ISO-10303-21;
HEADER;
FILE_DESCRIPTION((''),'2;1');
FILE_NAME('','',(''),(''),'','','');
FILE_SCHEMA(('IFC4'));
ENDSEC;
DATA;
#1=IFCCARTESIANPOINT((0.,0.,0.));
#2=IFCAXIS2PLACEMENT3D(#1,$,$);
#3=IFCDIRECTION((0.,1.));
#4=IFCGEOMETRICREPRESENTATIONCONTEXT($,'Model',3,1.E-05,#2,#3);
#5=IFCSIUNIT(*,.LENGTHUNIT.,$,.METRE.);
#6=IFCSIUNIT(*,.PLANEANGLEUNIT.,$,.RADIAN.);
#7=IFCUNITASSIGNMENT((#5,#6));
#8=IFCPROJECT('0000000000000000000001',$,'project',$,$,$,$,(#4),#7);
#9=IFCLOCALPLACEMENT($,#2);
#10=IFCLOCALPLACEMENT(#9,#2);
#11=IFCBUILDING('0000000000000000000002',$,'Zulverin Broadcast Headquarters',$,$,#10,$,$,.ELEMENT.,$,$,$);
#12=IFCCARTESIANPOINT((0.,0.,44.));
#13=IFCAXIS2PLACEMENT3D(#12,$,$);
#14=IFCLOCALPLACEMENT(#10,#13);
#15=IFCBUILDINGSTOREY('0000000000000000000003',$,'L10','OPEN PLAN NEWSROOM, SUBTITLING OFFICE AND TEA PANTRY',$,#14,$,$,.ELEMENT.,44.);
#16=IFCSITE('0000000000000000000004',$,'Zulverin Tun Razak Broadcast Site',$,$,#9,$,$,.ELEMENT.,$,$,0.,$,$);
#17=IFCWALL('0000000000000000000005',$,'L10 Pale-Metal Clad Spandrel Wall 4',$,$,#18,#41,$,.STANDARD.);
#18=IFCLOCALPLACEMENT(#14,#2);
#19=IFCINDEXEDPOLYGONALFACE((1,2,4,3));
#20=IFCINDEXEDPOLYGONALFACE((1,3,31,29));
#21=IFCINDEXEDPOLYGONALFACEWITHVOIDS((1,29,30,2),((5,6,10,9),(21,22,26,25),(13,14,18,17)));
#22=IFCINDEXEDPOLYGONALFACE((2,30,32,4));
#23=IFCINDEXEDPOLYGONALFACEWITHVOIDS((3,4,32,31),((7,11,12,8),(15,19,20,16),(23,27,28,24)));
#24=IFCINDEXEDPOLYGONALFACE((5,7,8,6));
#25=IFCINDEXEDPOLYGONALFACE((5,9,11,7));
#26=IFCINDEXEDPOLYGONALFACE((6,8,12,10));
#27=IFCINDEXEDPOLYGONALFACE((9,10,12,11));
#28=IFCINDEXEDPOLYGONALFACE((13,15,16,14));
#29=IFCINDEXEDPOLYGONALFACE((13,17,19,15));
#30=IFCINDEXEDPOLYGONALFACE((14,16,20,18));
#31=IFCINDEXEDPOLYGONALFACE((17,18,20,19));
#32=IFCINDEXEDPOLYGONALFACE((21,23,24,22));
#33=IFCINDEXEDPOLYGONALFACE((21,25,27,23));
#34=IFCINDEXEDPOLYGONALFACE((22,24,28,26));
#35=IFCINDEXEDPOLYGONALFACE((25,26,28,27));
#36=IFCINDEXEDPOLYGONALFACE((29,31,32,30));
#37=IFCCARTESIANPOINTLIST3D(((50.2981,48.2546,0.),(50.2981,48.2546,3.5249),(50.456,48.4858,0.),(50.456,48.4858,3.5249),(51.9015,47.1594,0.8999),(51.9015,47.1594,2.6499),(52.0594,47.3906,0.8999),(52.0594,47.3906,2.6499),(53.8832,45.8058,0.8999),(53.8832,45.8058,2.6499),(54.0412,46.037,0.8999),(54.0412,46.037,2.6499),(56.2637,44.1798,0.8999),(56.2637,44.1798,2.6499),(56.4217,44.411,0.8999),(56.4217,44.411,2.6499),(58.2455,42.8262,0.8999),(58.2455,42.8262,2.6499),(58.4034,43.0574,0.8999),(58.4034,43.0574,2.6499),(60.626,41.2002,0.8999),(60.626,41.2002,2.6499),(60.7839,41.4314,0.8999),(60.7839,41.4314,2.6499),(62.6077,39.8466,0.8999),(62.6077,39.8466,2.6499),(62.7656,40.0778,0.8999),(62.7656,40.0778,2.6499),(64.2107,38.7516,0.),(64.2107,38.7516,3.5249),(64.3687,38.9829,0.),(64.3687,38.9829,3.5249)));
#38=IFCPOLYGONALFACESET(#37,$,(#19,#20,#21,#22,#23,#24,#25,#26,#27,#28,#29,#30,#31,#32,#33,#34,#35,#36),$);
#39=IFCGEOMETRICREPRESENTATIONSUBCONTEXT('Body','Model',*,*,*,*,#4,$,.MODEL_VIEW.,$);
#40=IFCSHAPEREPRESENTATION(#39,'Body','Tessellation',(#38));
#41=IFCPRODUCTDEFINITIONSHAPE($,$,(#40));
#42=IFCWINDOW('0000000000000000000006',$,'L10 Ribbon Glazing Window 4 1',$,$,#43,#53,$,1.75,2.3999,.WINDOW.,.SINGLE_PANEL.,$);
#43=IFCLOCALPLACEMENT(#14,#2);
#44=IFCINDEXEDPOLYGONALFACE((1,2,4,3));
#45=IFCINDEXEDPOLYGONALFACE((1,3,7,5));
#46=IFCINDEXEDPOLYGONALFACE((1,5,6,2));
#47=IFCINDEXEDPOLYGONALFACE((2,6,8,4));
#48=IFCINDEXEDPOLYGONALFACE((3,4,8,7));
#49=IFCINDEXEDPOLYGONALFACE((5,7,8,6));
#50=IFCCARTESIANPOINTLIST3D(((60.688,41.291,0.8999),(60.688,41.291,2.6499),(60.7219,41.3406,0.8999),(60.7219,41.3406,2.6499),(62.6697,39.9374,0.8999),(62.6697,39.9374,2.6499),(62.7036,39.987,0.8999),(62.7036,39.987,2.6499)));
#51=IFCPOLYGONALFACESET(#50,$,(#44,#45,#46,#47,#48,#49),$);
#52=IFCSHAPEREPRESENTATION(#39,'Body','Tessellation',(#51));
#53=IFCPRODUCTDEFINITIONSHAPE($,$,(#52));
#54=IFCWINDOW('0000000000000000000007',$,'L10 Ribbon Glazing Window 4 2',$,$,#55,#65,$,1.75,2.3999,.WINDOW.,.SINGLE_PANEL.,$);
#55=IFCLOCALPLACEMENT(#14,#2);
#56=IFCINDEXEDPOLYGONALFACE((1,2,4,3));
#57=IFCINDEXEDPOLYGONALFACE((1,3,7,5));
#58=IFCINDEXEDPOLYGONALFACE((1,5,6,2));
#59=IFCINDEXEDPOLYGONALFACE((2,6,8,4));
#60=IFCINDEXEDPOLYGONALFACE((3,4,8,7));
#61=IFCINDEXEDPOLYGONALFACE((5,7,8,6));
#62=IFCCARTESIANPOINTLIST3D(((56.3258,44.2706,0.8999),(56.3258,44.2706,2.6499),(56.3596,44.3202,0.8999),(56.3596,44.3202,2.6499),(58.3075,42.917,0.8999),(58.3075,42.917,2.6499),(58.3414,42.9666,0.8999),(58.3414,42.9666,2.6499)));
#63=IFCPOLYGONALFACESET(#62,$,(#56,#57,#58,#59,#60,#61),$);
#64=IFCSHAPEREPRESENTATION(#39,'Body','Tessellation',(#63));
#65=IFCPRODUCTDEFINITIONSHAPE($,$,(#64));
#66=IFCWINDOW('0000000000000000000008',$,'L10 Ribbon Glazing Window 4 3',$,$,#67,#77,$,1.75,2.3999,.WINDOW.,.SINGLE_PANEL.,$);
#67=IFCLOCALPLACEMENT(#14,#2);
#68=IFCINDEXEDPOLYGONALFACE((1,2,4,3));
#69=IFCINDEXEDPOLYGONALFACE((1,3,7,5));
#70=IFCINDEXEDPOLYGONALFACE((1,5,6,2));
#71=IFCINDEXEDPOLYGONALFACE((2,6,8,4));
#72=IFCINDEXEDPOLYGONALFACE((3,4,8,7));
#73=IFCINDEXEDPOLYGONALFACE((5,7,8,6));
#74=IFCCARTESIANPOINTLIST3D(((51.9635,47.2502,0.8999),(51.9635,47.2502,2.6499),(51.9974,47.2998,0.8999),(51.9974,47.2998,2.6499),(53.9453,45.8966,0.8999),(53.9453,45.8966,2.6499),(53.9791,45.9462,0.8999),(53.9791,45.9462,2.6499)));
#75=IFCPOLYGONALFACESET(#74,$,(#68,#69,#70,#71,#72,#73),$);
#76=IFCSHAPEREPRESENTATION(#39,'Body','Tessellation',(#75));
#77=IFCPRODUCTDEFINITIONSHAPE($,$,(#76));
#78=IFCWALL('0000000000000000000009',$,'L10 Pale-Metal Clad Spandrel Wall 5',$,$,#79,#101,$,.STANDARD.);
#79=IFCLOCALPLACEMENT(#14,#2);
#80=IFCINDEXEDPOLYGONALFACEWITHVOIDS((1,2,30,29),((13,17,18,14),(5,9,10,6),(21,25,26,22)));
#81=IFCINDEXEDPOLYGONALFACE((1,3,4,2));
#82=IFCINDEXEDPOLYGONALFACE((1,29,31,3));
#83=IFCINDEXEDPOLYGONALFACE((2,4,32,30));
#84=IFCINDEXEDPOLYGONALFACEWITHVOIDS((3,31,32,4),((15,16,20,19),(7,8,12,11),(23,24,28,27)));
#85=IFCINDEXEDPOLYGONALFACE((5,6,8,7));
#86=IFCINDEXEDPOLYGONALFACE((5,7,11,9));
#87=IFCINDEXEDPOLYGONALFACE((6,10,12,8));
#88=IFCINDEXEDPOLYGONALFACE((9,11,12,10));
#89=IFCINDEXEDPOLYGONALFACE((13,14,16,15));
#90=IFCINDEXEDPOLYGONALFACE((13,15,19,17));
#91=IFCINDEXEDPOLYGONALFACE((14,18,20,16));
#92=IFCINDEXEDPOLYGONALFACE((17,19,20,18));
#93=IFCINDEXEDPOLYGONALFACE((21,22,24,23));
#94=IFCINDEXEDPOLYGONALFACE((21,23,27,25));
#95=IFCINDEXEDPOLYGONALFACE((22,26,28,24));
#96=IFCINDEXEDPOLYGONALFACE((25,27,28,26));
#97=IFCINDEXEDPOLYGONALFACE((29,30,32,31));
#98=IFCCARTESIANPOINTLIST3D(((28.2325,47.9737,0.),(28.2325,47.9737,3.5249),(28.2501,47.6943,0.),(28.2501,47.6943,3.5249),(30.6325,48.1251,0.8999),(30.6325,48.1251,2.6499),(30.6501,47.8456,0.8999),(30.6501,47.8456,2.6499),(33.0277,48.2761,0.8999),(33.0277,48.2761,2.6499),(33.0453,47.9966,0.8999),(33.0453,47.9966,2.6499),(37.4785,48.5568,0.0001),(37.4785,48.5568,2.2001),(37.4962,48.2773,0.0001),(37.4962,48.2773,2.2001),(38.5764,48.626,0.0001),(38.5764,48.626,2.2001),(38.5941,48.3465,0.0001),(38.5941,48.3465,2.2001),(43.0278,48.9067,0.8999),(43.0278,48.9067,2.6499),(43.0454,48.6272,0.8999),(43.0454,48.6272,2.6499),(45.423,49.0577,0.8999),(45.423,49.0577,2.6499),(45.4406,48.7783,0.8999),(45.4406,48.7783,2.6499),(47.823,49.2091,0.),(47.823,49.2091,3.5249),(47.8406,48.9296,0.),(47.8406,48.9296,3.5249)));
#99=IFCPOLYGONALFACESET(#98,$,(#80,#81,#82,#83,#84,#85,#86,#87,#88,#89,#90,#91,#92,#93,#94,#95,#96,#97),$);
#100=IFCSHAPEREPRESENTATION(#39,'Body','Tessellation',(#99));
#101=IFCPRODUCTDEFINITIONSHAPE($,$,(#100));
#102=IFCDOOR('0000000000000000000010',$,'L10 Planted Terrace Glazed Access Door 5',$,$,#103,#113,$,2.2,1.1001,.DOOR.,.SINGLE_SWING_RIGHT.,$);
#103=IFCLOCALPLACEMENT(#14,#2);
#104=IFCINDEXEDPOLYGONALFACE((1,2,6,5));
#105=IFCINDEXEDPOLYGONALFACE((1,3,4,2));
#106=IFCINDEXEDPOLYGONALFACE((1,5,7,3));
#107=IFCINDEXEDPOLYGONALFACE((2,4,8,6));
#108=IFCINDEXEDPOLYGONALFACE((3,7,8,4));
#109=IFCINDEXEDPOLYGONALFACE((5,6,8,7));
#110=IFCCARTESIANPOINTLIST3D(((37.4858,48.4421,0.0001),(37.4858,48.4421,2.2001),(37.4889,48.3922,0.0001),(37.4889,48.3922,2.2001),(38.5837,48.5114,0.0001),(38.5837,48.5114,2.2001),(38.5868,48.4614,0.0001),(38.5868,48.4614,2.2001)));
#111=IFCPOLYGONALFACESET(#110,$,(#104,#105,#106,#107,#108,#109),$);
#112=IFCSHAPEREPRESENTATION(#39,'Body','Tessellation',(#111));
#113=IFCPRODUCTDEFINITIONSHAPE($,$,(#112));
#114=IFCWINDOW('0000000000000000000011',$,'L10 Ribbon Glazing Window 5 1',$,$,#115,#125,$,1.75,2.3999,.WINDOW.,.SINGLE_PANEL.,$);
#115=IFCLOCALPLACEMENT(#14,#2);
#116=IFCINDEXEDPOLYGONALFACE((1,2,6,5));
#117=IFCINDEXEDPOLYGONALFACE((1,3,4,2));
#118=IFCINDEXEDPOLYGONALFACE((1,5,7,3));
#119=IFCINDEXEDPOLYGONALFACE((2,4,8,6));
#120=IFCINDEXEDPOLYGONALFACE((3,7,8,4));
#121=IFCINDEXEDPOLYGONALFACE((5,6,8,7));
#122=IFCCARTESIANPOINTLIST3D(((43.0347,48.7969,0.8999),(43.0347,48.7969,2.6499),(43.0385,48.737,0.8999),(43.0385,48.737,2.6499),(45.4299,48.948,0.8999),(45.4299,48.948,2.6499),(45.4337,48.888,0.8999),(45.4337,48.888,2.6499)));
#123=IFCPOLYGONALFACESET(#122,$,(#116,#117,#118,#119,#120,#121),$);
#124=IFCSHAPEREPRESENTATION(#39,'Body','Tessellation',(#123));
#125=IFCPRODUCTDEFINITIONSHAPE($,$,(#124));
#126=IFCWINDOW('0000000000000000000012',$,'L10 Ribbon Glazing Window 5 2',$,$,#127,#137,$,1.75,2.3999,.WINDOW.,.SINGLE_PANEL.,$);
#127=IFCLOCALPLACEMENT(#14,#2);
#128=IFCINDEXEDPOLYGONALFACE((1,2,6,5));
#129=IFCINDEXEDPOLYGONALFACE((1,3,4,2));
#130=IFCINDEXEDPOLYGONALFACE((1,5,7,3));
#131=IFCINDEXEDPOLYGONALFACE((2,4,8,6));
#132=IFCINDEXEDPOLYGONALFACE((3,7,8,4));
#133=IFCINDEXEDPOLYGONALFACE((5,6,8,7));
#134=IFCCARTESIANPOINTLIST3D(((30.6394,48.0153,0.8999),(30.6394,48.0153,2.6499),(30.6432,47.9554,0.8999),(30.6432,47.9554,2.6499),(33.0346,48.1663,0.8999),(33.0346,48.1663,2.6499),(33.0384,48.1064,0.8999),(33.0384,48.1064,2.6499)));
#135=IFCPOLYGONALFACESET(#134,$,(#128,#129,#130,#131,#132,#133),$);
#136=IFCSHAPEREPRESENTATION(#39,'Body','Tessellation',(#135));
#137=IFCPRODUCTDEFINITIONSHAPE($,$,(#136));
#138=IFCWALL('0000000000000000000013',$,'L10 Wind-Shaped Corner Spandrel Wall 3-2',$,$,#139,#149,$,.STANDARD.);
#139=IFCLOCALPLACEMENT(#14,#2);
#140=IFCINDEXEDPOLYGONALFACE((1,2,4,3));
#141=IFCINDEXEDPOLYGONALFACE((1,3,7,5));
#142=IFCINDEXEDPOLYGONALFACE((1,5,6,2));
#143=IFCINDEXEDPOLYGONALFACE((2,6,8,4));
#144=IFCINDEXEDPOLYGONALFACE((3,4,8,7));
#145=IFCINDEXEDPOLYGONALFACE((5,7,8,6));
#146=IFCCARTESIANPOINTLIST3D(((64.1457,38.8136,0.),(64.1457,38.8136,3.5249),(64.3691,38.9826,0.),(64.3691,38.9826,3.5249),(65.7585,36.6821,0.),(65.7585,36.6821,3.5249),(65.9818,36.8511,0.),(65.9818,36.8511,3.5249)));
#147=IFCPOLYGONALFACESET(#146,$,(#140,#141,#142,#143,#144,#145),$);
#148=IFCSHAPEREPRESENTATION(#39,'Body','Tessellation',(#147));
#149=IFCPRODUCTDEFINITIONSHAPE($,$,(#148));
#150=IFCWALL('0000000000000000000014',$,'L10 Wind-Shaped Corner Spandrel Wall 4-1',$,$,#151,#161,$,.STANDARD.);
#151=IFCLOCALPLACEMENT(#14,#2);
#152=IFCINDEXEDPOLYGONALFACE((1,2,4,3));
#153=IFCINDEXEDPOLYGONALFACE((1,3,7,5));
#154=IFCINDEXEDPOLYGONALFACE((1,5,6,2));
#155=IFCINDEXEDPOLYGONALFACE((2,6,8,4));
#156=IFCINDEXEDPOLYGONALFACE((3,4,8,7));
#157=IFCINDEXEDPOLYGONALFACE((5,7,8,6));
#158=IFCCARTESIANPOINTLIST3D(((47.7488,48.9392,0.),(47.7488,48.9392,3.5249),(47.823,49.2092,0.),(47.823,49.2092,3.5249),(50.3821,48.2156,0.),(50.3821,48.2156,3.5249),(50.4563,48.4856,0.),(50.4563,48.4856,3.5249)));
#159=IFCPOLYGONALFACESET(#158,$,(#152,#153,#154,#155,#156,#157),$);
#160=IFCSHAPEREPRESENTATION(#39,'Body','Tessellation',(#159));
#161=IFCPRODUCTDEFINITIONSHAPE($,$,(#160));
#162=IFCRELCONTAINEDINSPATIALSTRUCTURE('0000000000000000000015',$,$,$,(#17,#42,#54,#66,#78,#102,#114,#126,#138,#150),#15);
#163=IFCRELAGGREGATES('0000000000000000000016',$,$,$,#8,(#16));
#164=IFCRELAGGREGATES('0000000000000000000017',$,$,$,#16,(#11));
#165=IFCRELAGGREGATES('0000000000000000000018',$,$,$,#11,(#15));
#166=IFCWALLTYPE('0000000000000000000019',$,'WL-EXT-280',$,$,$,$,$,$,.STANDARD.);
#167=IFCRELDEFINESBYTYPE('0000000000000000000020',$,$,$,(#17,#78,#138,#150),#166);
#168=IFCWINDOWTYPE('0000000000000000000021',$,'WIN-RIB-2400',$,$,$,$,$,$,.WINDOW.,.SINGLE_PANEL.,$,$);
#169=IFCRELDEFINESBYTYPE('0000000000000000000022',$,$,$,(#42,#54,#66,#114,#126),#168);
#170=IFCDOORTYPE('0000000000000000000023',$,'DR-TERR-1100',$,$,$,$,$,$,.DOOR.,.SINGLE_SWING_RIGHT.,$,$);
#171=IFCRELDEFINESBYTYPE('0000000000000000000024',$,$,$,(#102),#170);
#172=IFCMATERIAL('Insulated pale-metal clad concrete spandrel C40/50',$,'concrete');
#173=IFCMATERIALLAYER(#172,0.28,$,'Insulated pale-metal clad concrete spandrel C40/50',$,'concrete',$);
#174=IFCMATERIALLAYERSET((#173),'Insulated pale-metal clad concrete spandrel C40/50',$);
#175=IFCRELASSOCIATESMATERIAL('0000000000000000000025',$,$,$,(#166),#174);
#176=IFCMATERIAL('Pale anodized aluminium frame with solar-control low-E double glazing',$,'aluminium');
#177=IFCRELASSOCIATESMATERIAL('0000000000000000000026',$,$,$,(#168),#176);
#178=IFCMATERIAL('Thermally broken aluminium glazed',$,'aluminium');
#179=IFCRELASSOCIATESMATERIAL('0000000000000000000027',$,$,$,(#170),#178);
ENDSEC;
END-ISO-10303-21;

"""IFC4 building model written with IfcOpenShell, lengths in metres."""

from ifc_helpers import new_model, si_unit, direction, frame, frame_2d, origin, place, context, subcontext, project, spatial, rectangle, extrude, material, layer, layer_set, type_object, element, fill, save


model = new_model("IFC4")

# Units and contexts
model_context = context("Model", 3, precision=1e-05, world=origin(), true_north=direction((0.0, 1.0)))
body_context = subcontext(model_context, "Body", "Model", "MODEL_VIEW")
ifc_project = project(units=[si_unit("LENGTHUNIT", "METRE"), si_unit("PLANEANGLEUNIT", "RADIAN")], contexts=[model_context])

# Site, building, storey
site_placement = place(None, origin())
site = spatial("IfcSite", under=ifc_project, at=site_placement, Name="Zulverin Tun Razak Broadcast Site", CompositionType="ELEMENT", RefElevation=0.0)
building_placement = place(site_placement, origin())
building = spatial("IfcBuilding", under=site, at=building_placement, Name="Zulverin Broadcast Headquarters", CompositionType="ELEMENT")
storey_placement = place(building_placement, frame((0.0, 0.0, 44.0)))
storey = spatial("IfcBuildingStorey", under=building, at=storey_placement, Name="L10", Description="OPEN PLAN NEWSROOM, SUBTITLING OFFICE AND TEA PANTRY", CompositionType="ELEMENT", Elevation=44.0)

# Wall, openings, windows
ifc_material_1 = material(Name="Insulated pale-metal clad concrete spandrel C40/50", Category="concrete")
ifc_layer_1 = layer(ifc_material_1, 0.28, Name="Insulated pale-metal clad concrete spandrel C40/50", Category="concrete")
ifc_layer_set_1 = layer_set([ifc_layer_1], Name="Insulated pale-metal clad concrete spandrel C40/50")
wall_type = type_object("IfcWallType", Name="WL-EXT-280", PredefinedType="STANDARD", material=ifc_layer_set_1)
wall_1_placement = place(storey_placement, frame((64.2898, 38.8672, 0.0), z_axis=(0.0, 0.0, 1.0), x_axis=(-0.825756, 0.564028, 0.0)))
wall_1 = element("IfcWall", 1, at=wall_1_placement, inside=storey, type_object=wall_type, Name="L10 Pale-Metal Clad Spandrel Wall 4", PredefinedType="STANDARD", context=body_context, shape_type="SweptSolid", body=[
    extrude(rectangle(XDim=16.8484, YDim=0.28, at=frame_2d((8.4243, 0.0))), origin(), (0.0, 0.0, 1.0), 3.5249),
])
opening_1_placement = place(wall_1_placement, frame((1.9414, 0.0, 0.8999)))
opening_1 = element("IfcOpeningElement", 2, at=opening_1_placement, cuts=wall_1, PredefinedType="OPENING", context=body_context, shape_type="SweptSolid", body=[
    extrude(rectangle(XDim=2.3999, YDim=1.75, at=frame_2d((1.2, 0.875))), frame((0.0, 0.1499, 0.0), z_axis=(0.0, -1.0, 0.0), x_axis=(1.0, 0.0, 0.0)), (0.0, 0.0, 1.0), 0.3),
])
opening_2_placement = place(wall_1_placement, frame((7.2241, 0.0, 0.8999)))
opening_2 = element("IfcOpeningElement", 3, at=opening_2_placement, cuts=wall_1, PredefinedType="OPENING", context=body_context, shape_type="SweptSolid", body=[
    extrude(rectangle(XDim=2.3999, YDim=1.75, at=frame_2d((1.2, 0.875))), frame((0.0, 0.1499, 0.0), z_axis=(0.0, -1.0, 0.0), x_axis=(1.0, 0.0, 0.0)), (0.0, 0.0, 1.0), 0.3),
])
opening_3_placement = place(wall_1_placement, frame((12.5068, 0.0, 0.8999)))
opening_3 = element("IfcOpeningElement", 4, at=opening_3_placement, cuts=wall_1, PredefinedType="OPENING", context=body_context, shape_type="SweptSolid", body=[
    extrude(rectangle(XDim=2.3999, YDim=1.75, at=frame_2d((1.2, 0.875))), frame((0.0, 0.1499, 0.0), z_axis=(0.0, -1.0, 0.0), x_axis=(1.0, 0.0, 0.0)), (0.0, 0.0, 1.0), 0.3),
])
ifc_material_2 = material(Name="Pale anodized aluminium frame with solar-control low-E double glazing", Category="aluminium")
window_type = type_object("IfcWindowType", Name="WIN-RIB-2400", PartitioningType="SINGLE_PANEL", PredefinedType="WINDOW", material=ifc_material_2)
window_1_placement = place(opening_1_placement, origin())
window_1 = element("IfcWindow", 5, at=window_1_placement, inside=storey, type_object=window_type, Name="L10 Ribbon Glazing Window 4 1", OverallHeight=1.75, OverallWidth=2.3999, PartitioningType="SINGLE_PANEL", PredefinedType="WINDOW", context=body_context, shape_type="SweptSolid", body=[
    extrude(rectangle(XDim=2.3999, YDim=1.75, at=frame_2d((1.2, 0.875))), frame((0.0, 0.03, 0.0), z_axis=(0.0, -1.0, 0.0), x_axis=(1.0, 0.0, 0.0)), (0.0, 0.0, 1.0), 0.0601),
])
fill(opening_1, window_1)
window_2_placement = place(opening_2_placement, origin())
window_2 = element("IfcWindow", 6, at=window_2_placement, inside=storey, type_object=window_type, Name="L10 Ribbon Glazing Window 4 2", OverallHeight=1.75, OverallWidth=2.3999, PartitioningType="SINGLE_PANEL", PredefinedType="WINDOW", context=body_context, shape_type="SweptSolid", body=[
    extrude(rectangle(XDim=2.3999, YDim=1.75, at=frame_2d((1.2, 0.875))), frame((0.0, 0.03, 0.0), z_axis=(0.0, -1.0, 0.0), x_axis=(1.0, 0.0, 0.0)), (0.0, 0.0, 1.0), 0.0601),
])
fill(opening_2, window_2)
window_3_placement = place(opening_3_placement, origin())
window_3 = element("IfcWindow", 7, at=window_3_placement, inside=storey, type_object=window_type, Name="L10 Ribbon Glazing Window 4 3", OverallHeight=1.75, OverallWidth=2.3999, PartitioningType="SINGLE_PANEL", PredefinedType="WINDOW", context=body_context, shape_type="SweptSolid", body=[
    extrude(rectangle(XDim=2.3999, YDim=1.75, at=frame_2d((1.2, 0.875))), frame((0.0, 0.03, 0.0), z_axis=(0.0, -1.0, 0.0), x_axis=(1.0, 0.0, 0.0)), (0.0, 0.0, 1.0), 0.0601),
])
fill(opening_3, window_3)

# Wall, openings, door, windows
wall_2_placement = place(storey_placement, frame((47.8318, 49.0693, 0.0), z_axis=(0.0, 0.0, 1.0), x_axis=(-0.998018, -0.062933, 0.0)))
wall_2 = element("IfcWall", 8, at=wall_2_placement, inside=storey, type_object=wall_type, Name="L10 Pale-Metal Clad Spandrel Wall 5", PredefinedType="STANDARD", context=body_context, shape_type="SweptSolid", body=[
    extrude(rectangle(XDim=19.6294, YDim=0.28, at=frame_2d((9.8147, 0.0))), origin(), (0.0, 0.0, 1.0), 3.5249),
])
opening_4_placement = place(wall_2_placement, frame((9.2649, 0.0, 0.0)))
opening_4 = element("IfcOpeningElement", 9, at=opening_4_placement, cuts=wall_2, PredefinedType="OPENING", context=body_context, shape_type="SweptSolid", body=[
    extrude(rectangle(XDim=1.1001, YDim=2.2, at=frame_2d((0.55, 1.1001))), frame((0.0, 0.1499, 0.0), z_axis=(0.0, -1.0, 0.0), x_axis=(1.0, 0.0, 0.0)), (0.0, 0.0, 1.0), 0.3),
])
opening_5_placement = place(wall_2_placement, frame((2.4048, 0.0, 0.8999)))
opening_5 = element("IfcOpeningElement", 10, at=opening_5_placement, cuts=wall_2, PredefinedType="OPENING", context=body_context, shape_type="SweptSolid", body=[
    extrude(rectangle(XDim=2.3999, YDim=1.75, at=frame_2d((1.2, 0.875))), frame((0.0, 0.1499, 0.0), z_axis=(0.0, -1.0, 0.0), x_axis=(1.0, 0.0, 0.0)), (0.0, 0.0, 1.0), 0.3),
])
opening_6_placement = place(wall_2_placement, frame((14.8247, 0.0, 0.8999)))
opening_6 = element("IfcOpeningElement", 11, at=opening_6_placement, cuts=wall_2, PredefinedType="OPENING", context=body_context, shape_type="SweptSolid", body=[
    extrude(rectangle(XDim=2.3999, YDim=1.75, at=frame_2d((1.2, 0.875))), frame((0.0, 0.1499, 0.0), z_axis=(0.0, -1.0, 0.0), x_axis=(1.0, 0.0, 0.0)), (0.0, 0.0, 1.0), 0.3),
])
ifc_material_3 = material(Name="Thermally broken aluminium glazed", Category="aluminium")
door_type = type_object("IfcDoorType", Name="DR-TERR-1100", OperationType="SINGLE_SWING_RIGHT", PredefinedType="DOOR", material=ifc_material_3)
door_placement = place(opening_4_placement, origin())
door = element("IfcDoor", 12, at=door_placement, inside=storey, type_object=door_type, Name="L10 Planted Terrace Glazed Access Door 5", OperationType="SINGLE_SWING_RIGHT", OverallHeight=2.2, OverallWidth=1.1001, PredefinedType="DOOR", context=body_context, shape_type="SweptSolid", body=[
    extrude(rectangle(XDim=1.1001, YDim=2.2, at=frame_2d((0.55, 1.1001))), frame((0.0, 0.0249, 0.0), z_axis=(0.0, -1.0, 0.0), x_axis=(1.0, 0.0, 0.0)), (0.0, 0.0, 1.0), 0.05),
])
fill(opening_4, door)
window_4_placement = place(opening_5_placement, origin())
window_4 = element("IfcWindow", 13, at=window_4_placement, inside=storey, type_object=window_type, Name="L10 Ribbon Glazing Window 5 1", OverallHeight=1.75, OverallWidth=2.3999, PartitioningType="SINGLE_PANEL", PredefinedType="WINDOW", context=body_context, shape_type="SweptSolid", body=[
    extrude(rectangle(XDim=2.3999, YDim=1.75, at=frame_2d((1.2, 0.875))), frame((0.0, 0.03, 0.0), z_axis=(0.0, -1.0, 0.0), x_axis=(1.0, 0.0, 0.0)), (0.0, 0.0, 1.0), 0.0601),
])
fill(opening_5, window_4)
window_5_placement = place(opening_6_placement, origin())
window_5 = element("IfcWindow", 14, at=window_5_placement, inside=storey, type_object=window_type, Name="L10 Ribbon Glazing Window 5 2", OverallHeight=1.75, OverallWidth=2.3999, PartitioningType="SINGLE_PANEL", PredefinedType="WINDOW", context=body_context, shape_type="SweptSolid", body=[
    extrude(rectangle(XDim=2.3999, YDim=1.75, at=frame_2d((1.2, 0.875))), frame((0.0, 0.03, 0.0), z_axis=(0.0, -1.0, 0.0), x_axis=(1.0, 0.0, 0.0)), (0.0, 0.0, 1.0), 0.0601),
])
fill(opening_6, window_5)

# Walls
wall_3_placement = place(storey_placement, frame((65.8701, 36.7666, 0.0), z_axis=(0.0, 0.0, 1.0), x_axis=(-0.60337, 0.797461, 0.0)))
element("IfcWall", 15, at=wall_3_placement, inside=storey, type_object=wall_type, Name="L10 Wind-Shaped Corner Spandrel Wall 3-2", PredefinedType="STANDARD", context=body_context, shape_type="SweptSolid", body=[
    extrude(rectangle(XDim=2.6729, YDim=0.28, at=frame_2d((1.3364, 0.0))), origin(), (0.0, 0.0, 1.0), 3.5249),
])
wall_4_placement = place(storey_placement, frame((50.4192, 48.3506, 0.0), z_axis=(0.0, 0.0, 1.0), x_axis=(-0.964255, 0.264978, 0.0)))
element("IfcWall", 16, at=wall_4_placement, inside=storey, type_object=wall_type, Name="L10 Wind-Shaped Corner Spandrel Wall 4-1", PredefinedType="STANDARD", context=body_context, shape_type="SweptSolid", body=[
    extrude(rectangle(XDim=2.731, YDim=0.28, at=frame_2d((1.3655, 0.0))), origin(), (0.0, 0.0, 1.0), 3.5249),
])

save(model, "model.ifc")
